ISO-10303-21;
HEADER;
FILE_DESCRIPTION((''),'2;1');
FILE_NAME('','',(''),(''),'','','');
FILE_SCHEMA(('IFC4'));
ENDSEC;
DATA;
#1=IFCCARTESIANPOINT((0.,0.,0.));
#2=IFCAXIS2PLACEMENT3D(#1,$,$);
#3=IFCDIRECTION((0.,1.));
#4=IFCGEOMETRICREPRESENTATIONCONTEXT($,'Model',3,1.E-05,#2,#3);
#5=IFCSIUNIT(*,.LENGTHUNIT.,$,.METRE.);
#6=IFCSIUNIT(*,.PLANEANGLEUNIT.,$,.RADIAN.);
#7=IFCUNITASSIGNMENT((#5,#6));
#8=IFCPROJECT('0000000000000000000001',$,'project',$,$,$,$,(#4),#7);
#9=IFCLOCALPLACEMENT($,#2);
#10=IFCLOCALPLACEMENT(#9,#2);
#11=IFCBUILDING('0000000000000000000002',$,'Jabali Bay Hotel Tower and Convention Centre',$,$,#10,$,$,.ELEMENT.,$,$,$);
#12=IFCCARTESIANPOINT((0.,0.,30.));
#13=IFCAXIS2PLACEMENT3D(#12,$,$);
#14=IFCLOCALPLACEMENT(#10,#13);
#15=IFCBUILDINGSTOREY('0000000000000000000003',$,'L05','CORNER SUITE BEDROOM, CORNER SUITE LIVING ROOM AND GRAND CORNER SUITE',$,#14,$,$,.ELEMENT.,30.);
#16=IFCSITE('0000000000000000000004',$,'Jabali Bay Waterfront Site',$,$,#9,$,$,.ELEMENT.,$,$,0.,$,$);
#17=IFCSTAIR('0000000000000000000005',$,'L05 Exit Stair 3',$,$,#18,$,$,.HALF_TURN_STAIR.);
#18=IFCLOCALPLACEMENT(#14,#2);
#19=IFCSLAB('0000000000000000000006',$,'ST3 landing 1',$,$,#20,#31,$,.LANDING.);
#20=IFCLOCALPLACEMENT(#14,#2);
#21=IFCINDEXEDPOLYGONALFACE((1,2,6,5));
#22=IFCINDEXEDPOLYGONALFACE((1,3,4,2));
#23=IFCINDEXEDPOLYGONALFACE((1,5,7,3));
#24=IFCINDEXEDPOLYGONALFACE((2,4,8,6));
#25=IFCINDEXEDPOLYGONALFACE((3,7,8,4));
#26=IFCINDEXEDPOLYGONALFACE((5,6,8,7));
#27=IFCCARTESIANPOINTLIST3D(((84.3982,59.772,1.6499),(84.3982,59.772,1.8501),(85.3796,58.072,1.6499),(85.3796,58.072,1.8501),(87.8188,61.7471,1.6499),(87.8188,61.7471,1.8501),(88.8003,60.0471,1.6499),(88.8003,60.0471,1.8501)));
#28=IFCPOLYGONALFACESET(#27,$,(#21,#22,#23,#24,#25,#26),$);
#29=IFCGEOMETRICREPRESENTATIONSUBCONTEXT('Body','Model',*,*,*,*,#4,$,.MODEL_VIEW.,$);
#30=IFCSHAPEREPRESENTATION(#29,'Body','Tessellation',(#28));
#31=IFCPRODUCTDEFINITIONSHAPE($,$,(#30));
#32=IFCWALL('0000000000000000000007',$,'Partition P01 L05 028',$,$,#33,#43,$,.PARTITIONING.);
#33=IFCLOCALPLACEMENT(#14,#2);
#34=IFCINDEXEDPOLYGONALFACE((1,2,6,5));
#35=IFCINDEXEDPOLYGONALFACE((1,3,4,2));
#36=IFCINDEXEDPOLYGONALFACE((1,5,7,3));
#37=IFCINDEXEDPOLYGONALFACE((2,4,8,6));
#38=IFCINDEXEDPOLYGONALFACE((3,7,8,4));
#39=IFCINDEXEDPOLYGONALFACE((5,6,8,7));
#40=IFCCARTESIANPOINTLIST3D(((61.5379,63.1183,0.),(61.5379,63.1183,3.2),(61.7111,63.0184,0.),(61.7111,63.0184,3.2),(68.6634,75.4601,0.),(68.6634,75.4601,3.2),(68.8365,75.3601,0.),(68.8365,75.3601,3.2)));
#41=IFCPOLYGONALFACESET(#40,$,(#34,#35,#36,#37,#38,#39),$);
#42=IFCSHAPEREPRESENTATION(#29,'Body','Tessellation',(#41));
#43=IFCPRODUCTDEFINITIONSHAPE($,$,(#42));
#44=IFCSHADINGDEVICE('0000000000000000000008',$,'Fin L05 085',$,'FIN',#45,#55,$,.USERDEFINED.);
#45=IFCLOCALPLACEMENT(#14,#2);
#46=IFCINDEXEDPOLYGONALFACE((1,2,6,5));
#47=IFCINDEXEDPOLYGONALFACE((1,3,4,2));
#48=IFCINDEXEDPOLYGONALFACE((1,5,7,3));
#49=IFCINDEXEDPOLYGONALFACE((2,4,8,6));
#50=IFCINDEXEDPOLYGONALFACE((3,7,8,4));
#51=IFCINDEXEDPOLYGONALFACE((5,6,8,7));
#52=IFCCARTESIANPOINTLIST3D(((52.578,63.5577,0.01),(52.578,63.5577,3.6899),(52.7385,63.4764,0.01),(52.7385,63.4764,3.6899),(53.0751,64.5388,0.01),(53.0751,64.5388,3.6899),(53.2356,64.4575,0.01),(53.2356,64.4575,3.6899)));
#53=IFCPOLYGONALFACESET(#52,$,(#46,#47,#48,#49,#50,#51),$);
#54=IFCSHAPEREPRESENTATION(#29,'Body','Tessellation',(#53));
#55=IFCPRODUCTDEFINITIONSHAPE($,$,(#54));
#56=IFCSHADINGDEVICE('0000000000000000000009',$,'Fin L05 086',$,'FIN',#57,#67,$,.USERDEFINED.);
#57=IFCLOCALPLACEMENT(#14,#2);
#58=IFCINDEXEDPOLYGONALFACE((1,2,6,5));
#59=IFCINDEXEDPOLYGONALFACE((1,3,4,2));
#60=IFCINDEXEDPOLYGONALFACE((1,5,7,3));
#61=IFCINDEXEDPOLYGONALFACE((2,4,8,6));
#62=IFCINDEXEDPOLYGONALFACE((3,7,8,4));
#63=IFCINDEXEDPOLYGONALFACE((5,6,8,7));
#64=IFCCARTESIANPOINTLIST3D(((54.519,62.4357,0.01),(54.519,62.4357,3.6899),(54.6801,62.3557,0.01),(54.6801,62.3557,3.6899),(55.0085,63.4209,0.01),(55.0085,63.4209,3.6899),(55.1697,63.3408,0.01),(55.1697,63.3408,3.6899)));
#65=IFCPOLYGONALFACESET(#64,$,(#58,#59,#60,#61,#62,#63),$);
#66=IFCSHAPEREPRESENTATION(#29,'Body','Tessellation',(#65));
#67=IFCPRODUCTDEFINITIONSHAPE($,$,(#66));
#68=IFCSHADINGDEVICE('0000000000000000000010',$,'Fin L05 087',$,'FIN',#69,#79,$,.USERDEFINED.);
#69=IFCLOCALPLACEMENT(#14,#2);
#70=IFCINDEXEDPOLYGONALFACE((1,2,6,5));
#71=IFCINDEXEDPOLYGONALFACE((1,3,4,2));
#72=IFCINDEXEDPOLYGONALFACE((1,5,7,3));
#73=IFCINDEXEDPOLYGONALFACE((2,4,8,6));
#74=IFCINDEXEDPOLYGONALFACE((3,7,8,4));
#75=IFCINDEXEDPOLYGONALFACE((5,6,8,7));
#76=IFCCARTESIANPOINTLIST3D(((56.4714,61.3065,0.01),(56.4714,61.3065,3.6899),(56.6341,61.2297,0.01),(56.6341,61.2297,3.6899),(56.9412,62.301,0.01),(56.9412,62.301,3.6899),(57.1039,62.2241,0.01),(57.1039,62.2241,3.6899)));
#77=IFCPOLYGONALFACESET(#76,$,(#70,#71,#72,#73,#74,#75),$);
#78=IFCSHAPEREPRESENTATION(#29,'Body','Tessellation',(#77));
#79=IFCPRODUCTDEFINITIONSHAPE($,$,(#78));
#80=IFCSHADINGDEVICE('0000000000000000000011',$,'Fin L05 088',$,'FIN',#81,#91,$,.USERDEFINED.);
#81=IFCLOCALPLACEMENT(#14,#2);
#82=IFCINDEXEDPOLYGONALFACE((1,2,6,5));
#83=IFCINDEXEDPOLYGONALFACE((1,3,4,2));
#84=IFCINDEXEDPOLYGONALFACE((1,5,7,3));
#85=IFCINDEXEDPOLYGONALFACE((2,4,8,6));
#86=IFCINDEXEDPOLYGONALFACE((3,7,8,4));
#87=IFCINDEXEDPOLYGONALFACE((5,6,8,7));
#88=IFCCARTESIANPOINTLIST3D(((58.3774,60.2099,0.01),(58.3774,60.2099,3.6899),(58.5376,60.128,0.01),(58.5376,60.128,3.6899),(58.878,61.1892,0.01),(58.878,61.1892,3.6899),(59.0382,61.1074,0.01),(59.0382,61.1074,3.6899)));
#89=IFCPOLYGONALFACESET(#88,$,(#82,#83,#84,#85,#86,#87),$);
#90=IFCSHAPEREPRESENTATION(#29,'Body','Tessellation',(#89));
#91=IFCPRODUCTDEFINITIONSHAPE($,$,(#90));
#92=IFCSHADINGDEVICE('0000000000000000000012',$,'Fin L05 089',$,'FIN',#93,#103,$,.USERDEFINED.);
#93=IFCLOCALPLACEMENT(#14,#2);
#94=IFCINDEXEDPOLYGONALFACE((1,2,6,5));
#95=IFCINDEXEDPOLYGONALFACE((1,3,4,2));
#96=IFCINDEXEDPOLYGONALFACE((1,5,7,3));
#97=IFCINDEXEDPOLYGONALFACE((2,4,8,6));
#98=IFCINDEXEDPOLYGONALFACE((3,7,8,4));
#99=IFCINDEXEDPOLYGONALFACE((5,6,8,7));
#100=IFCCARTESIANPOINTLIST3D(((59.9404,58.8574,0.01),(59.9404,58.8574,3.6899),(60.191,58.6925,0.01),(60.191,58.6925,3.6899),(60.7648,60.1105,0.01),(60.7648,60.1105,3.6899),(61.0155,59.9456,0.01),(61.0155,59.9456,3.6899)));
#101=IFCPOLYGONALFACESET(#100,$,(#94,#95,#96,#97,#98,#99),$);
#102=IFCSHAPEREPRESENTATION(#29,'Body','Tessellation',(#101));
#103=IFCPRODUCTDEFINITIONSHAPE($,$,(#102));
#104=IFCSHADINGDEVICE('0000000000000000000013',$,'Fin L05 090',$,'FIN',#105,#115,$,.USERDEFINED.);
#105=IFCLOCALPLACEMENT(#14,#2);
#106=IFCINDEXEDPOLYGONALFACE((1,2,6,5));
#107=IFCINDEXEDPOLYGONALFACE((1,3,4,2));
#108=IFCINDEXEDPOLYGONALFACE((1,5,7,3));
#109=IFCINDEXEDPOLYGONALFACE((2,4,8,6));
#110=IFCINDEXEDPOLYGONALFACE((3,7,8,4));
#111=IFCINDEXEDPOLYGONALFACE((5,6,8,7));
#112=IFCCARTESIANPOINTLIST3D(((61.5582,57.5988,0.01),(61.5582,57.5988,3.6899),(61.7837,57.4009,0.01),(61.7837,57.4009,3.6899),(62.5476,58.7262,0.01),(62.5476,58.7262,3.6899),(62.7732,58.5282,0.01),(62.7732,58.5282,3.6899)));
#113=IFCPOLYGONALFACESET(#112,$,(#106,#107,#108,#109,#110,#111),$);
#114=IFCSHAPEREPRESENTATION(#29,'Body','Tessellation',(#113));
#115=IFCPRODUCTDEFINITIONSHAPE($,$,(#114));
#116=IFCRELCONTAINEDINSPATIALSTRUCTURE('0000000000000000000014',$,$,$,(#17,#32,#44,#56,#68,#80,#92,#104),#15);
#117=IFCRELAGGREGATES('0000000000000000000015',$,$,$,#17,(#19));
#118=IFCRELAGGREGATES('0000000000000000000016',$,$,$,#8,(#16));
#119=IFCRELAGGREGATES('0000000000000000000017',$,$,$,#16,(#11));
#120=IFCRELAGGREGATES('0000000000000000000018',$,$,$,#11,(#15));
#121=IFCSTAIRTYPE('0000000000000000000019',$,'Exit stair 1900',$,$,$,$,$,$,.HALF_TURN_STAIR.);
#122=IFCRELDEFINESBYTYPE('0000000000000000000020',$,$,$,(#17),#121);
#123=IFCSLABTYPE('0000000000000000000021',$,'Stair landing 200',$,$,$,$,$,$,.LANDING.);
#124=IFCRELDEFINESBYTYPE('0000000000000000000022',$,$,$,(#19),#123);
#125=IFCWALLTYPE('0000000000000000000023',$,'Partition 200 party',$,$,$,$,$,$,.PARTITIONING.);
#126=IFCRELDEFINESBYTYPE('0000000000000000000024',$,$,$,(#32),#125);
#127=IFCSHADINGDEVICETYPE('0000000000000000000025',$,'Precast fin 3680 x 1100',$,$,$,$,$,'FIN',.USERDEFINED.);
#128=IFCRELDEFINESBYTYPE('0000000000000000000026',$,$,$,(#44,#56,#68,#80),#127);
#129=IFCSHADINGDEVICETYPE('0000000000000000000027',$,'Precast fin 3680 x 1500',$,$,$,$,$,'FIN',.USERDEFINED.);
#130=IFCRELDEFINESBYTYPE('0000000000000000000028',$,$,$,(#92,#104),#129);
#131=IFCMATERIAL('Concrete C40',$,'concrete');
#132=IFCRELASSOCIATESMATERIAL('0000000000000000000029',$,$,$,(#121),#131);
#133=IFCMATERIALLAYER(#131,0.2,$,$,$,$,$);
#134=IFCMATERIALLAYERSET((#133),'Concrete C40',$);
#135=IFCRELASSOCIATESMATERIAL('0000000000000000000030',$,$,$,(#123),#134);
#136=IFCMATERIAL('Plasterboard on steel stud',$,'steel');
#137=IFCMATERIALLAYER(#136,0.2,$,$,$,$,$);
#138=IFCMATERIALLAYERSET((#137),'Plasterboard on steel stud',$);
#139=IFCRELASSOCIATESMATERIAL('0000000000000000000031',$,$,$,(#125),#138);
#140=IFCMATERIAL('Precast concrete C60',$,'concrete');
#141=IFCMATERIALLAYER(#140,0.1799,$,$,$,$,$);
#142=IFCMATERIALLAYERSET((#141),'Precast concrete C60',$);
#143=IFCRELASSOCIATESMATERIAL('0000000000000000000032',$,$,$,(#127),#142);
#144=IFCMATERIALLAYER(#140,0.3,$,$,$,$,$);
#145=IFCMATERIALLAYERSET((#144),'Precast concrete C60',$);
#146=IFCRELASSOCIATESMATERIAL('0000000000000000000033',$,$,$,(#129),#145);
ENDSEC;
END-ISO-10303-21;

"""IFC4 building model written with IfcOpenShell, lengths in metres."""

from ifc_helpers import new_model, si_unit, direction, frame, frame_2d, origin, place, context, subcontext, project, spatial, polyline, rectangle, outline, extrude, material, layer, layer_set, type_object, element, aggregate, save


model = new_model("IFC4")

# Units and contexts
model_context = context("Model", 3, precision=1e-05, world=origin(), true_north=direction((0.0, 1.0)))
body_context = subcontext(model_context, "Body", "Model", "MODEL_VIEW")
ifc_project = project(units=[si_unit("LENGTHUNIT", "METRE"), si_unit("PLANEANGLEUNIT", "RADIAN")], contexts=[model_context])

# Site, building, storey
site_placement = place(None, origin())
site = spatial("IfcSite", under=ifc_project, at=site_placement, Name="Jabali Bay Waterfront Site", CompositionType="ELEMENT", RefElevation=0.0)
building_placement = place(site_placement, origin())
building = spatial("IfcBuilding", under=site, at=building_placement, Name="Jabali Bay Hotel Tower and Convention Centre", CompositionType="ELEMENT")
storey_placement = place(building_placement, frame((0.0, 0.0, 30.0)))
storey = spatial("IfcBuildingStorey", under=building, at=storey_placement, Name="L05", Description="CORNER SUITE BEDROOM, CORNER SUITE LIVING ROOM AND GRAND CORNER SUITE", CompositionType="ELEMENT", Elevation=30.0)

# Shared definitions
ifc_material_1 = material(Name="Concrete C40", Category="concrete")

# Stair, slab
stair_type = type_object("IfcStairType", Name="Exit stair 1900", PredefinedType="HALF_TURN_STAIR", material=ifc_material_1)
ifc_layer_1 = layer(ifc_material_1, 0.2)
ifc_layer_set_1 = layer_set([ifc_layer_1], Name="Concrete C40")
slab_type_1 = type_object("IfcSlabType", Name="Stair landing 200", PredefinedType="LANDING", material=ifc_layer_set_1)
stair_1_placement = place(storey_placement, origin())
stair_1 = element("IfcStair", 1, at=stair_1_placement, inside=storey, type_object=stair_type, Name="L05 Exit Stair 3", PredefinedType="HALF_TURN_STAIR")
slab_1_placement = place(storey_placement, frame((0.0, 0.0, 1.6499)))
slab_1 = element("IfcSlab", 2, at=slab_1_placement, type_object=slab_type_1, Name="ST3 landing 1", PredefinedType="LANDING", context=body_context, shape_type="SweptSolid", body=[
    extrude(outline(polyline([(84.3982, 59.772), (85.3796, 58.072), (88.8003, 60.0471), (87.8188, 61.7471), (84.3982, 59.772)])), origin(), (0.0, 0.0, 1.0), 0.2002),
])
aggregate(stair_1, [slab_1])

# Wall
ifc_material_2 = material(Name="Plasterboard on steel stud", Category="steel")
ifc_layer_2 = layer(ifc_material_2, 0.2)
ifc_layer_set_2 = layer_set([ifc_layer_2], Name="Plasterboard on steel stud")
wall_type = type_object("IfcWallType", Name="Partition 200 party", PredefinedType="PARTITIONING", material=ifc_layer_set_2)
wall_placement = place(storey_placement, frame((61.6245, 63.0684, 0.0), z_axis=(0.0, 0.0, 1.0), x_axis=(0.499997, 0.866027, 0.0)))
element("IfcWall", 3, at=wall_placement, inside=storey, type_object=wall_type, Name="Partition P01 L05 028", PredefinedType="PARTITIONING", context=body_context, shape_type="SweptSolid", body=[
    extrude(rectangle(XDim=14.251, YDim=0.2, at=frame_2d((7.1255, 0.0))), origin(), (0.0, 0.0, 1.0), 3.2),
])

# Shading devices
ifc_material_3 = material(Name="Precast concrete C60", Category="concrete")
ifc_layer_3 = layer(ifc_material_3, 0.1799)
ifc_layer_set_3 = layer_set([ifc_layer_3], Name="Precast concrete C60")
shading_device_type_1 = type_object("IfcShadingDeviceType", Name="Precast fin 3680 x 1100", ElementType="FIN", PredefinedType="USERDEFINED", material=ifc_layer_set_3)
shading_device_1_placement = place(storey_placement, frame((53.1553, 64.498, 0.01), z_axis=(0.0, 0.0, 1.0), x_axis=(-0.451913, -0.892062, 0.0)))
element("IfcShadingDevice", 4, at=shading_device_1_placement, inside=storey, type_object=shading_device_type_1, Name="Fin L05 085", ObjectType="FIN", PredefinedType="USERDEFINED", context=body_context, shape_type="SweptSolid", body=[
    extrude(rectangle(XDim=1.0999, YDim=0.1799, at=frame_2d((0.5498, 0.0))), origin(), (0.0, 0.0, 1.0), 3.6799),
])
shading_device_2_placement = place(storey_placement, frame((55.0891, 63.3809, 0.01), z_axis=(0.0, 0.0, 1.0), x_axis=(-0.444993, -0.895534, 0.0)))
element("IfcShadingDevice", 5, at=shading_device_2_placement, inside=storey, type_object=shading_device_type_1, Name="Fin L05 086", ObjectType="FIN", PredefinedType="USERDEFINED", context=body_context, shape_type="SweptSolid", body=[
    extrude(rectangle(XDim=1.1001, YDim=0.1799, at=frame_2d((0.55, 0.0))), origin(), (0.0, 0.0, 1.0), 3.6799),
])
for number, where, z_axis, x_axis, name in (
    (6, (57.0225, 62.2625, 0.01), (0.0, 0.0, 1.0), (-0.427122, -0.904194, 0.0), "Fin L05 087"),
    (7, (58.958, 61.1482, 0.01), (0.0, 0.0, 1.0), (-0.455099, -0.890441, 0.0), "Fin L05 088"),
):
    element("IfcShadingDevice", number, at=place(storey_placement, frame(where, z_axis=z_axis, x_axis=x_axis)), inside=storey, type_object=shading_device_type_1, Name=name, ObjectType="FIN", PredefinedType="USERDEFINED", context=body_context, shape_type="SweptSolid", body=[
        extrude(rectangle(XDim=1.0999, YDim=0.1799, at=frame_2d((0.5498, 0.0))), origin(), (0.0, 0.0, 1.0), 3.6799),
    ])
ifc_layer_4 = layer(ifc_material_3, 0.3)
ifc_layer_set_4 = layer_set([ifc_layer_4], Name="Precast concrete C60")
shading_device_type_2 = type_object("IfcShadingDeviceType", Name="Precast fin 3680 x 1500", ElementType="FIN", PredefinedType="USERDEFINED", material=ifc_layer_set_4)
for number, where, z_axis, x_axis, name in (
    (8, (60.8901, 60.0281, 0.01), (0.0, 0.0, 1.0), (-0.549619, -0.835415, 0.0), "Fin L05 089"),
    (9, (62.6604, 58.6272, 0.01), (0.0, 0.0, 1.0), (-0.659633, -0.751588, 0.0), "Fin L05 090"),
):
    element("IfcShadingDevice", number, at=place(storey_placement, frame(where, z_axis=z_axis, x_axis=x_axis)), inside=storey, type_object=shading_device_type_2, Name=name, ObjectType="FIN", PredefinedType="USERDEFINED", context=body_context, shape_type="SweptSolid", body=[
        extrude(rectangle(XDim=1.5, YDim=0.3, at=frame_2d((0.75, 0.0))), origin(), (0.0, 0.0, 1.0), 3.6799),
    ])

save(model, "model.ifc")
